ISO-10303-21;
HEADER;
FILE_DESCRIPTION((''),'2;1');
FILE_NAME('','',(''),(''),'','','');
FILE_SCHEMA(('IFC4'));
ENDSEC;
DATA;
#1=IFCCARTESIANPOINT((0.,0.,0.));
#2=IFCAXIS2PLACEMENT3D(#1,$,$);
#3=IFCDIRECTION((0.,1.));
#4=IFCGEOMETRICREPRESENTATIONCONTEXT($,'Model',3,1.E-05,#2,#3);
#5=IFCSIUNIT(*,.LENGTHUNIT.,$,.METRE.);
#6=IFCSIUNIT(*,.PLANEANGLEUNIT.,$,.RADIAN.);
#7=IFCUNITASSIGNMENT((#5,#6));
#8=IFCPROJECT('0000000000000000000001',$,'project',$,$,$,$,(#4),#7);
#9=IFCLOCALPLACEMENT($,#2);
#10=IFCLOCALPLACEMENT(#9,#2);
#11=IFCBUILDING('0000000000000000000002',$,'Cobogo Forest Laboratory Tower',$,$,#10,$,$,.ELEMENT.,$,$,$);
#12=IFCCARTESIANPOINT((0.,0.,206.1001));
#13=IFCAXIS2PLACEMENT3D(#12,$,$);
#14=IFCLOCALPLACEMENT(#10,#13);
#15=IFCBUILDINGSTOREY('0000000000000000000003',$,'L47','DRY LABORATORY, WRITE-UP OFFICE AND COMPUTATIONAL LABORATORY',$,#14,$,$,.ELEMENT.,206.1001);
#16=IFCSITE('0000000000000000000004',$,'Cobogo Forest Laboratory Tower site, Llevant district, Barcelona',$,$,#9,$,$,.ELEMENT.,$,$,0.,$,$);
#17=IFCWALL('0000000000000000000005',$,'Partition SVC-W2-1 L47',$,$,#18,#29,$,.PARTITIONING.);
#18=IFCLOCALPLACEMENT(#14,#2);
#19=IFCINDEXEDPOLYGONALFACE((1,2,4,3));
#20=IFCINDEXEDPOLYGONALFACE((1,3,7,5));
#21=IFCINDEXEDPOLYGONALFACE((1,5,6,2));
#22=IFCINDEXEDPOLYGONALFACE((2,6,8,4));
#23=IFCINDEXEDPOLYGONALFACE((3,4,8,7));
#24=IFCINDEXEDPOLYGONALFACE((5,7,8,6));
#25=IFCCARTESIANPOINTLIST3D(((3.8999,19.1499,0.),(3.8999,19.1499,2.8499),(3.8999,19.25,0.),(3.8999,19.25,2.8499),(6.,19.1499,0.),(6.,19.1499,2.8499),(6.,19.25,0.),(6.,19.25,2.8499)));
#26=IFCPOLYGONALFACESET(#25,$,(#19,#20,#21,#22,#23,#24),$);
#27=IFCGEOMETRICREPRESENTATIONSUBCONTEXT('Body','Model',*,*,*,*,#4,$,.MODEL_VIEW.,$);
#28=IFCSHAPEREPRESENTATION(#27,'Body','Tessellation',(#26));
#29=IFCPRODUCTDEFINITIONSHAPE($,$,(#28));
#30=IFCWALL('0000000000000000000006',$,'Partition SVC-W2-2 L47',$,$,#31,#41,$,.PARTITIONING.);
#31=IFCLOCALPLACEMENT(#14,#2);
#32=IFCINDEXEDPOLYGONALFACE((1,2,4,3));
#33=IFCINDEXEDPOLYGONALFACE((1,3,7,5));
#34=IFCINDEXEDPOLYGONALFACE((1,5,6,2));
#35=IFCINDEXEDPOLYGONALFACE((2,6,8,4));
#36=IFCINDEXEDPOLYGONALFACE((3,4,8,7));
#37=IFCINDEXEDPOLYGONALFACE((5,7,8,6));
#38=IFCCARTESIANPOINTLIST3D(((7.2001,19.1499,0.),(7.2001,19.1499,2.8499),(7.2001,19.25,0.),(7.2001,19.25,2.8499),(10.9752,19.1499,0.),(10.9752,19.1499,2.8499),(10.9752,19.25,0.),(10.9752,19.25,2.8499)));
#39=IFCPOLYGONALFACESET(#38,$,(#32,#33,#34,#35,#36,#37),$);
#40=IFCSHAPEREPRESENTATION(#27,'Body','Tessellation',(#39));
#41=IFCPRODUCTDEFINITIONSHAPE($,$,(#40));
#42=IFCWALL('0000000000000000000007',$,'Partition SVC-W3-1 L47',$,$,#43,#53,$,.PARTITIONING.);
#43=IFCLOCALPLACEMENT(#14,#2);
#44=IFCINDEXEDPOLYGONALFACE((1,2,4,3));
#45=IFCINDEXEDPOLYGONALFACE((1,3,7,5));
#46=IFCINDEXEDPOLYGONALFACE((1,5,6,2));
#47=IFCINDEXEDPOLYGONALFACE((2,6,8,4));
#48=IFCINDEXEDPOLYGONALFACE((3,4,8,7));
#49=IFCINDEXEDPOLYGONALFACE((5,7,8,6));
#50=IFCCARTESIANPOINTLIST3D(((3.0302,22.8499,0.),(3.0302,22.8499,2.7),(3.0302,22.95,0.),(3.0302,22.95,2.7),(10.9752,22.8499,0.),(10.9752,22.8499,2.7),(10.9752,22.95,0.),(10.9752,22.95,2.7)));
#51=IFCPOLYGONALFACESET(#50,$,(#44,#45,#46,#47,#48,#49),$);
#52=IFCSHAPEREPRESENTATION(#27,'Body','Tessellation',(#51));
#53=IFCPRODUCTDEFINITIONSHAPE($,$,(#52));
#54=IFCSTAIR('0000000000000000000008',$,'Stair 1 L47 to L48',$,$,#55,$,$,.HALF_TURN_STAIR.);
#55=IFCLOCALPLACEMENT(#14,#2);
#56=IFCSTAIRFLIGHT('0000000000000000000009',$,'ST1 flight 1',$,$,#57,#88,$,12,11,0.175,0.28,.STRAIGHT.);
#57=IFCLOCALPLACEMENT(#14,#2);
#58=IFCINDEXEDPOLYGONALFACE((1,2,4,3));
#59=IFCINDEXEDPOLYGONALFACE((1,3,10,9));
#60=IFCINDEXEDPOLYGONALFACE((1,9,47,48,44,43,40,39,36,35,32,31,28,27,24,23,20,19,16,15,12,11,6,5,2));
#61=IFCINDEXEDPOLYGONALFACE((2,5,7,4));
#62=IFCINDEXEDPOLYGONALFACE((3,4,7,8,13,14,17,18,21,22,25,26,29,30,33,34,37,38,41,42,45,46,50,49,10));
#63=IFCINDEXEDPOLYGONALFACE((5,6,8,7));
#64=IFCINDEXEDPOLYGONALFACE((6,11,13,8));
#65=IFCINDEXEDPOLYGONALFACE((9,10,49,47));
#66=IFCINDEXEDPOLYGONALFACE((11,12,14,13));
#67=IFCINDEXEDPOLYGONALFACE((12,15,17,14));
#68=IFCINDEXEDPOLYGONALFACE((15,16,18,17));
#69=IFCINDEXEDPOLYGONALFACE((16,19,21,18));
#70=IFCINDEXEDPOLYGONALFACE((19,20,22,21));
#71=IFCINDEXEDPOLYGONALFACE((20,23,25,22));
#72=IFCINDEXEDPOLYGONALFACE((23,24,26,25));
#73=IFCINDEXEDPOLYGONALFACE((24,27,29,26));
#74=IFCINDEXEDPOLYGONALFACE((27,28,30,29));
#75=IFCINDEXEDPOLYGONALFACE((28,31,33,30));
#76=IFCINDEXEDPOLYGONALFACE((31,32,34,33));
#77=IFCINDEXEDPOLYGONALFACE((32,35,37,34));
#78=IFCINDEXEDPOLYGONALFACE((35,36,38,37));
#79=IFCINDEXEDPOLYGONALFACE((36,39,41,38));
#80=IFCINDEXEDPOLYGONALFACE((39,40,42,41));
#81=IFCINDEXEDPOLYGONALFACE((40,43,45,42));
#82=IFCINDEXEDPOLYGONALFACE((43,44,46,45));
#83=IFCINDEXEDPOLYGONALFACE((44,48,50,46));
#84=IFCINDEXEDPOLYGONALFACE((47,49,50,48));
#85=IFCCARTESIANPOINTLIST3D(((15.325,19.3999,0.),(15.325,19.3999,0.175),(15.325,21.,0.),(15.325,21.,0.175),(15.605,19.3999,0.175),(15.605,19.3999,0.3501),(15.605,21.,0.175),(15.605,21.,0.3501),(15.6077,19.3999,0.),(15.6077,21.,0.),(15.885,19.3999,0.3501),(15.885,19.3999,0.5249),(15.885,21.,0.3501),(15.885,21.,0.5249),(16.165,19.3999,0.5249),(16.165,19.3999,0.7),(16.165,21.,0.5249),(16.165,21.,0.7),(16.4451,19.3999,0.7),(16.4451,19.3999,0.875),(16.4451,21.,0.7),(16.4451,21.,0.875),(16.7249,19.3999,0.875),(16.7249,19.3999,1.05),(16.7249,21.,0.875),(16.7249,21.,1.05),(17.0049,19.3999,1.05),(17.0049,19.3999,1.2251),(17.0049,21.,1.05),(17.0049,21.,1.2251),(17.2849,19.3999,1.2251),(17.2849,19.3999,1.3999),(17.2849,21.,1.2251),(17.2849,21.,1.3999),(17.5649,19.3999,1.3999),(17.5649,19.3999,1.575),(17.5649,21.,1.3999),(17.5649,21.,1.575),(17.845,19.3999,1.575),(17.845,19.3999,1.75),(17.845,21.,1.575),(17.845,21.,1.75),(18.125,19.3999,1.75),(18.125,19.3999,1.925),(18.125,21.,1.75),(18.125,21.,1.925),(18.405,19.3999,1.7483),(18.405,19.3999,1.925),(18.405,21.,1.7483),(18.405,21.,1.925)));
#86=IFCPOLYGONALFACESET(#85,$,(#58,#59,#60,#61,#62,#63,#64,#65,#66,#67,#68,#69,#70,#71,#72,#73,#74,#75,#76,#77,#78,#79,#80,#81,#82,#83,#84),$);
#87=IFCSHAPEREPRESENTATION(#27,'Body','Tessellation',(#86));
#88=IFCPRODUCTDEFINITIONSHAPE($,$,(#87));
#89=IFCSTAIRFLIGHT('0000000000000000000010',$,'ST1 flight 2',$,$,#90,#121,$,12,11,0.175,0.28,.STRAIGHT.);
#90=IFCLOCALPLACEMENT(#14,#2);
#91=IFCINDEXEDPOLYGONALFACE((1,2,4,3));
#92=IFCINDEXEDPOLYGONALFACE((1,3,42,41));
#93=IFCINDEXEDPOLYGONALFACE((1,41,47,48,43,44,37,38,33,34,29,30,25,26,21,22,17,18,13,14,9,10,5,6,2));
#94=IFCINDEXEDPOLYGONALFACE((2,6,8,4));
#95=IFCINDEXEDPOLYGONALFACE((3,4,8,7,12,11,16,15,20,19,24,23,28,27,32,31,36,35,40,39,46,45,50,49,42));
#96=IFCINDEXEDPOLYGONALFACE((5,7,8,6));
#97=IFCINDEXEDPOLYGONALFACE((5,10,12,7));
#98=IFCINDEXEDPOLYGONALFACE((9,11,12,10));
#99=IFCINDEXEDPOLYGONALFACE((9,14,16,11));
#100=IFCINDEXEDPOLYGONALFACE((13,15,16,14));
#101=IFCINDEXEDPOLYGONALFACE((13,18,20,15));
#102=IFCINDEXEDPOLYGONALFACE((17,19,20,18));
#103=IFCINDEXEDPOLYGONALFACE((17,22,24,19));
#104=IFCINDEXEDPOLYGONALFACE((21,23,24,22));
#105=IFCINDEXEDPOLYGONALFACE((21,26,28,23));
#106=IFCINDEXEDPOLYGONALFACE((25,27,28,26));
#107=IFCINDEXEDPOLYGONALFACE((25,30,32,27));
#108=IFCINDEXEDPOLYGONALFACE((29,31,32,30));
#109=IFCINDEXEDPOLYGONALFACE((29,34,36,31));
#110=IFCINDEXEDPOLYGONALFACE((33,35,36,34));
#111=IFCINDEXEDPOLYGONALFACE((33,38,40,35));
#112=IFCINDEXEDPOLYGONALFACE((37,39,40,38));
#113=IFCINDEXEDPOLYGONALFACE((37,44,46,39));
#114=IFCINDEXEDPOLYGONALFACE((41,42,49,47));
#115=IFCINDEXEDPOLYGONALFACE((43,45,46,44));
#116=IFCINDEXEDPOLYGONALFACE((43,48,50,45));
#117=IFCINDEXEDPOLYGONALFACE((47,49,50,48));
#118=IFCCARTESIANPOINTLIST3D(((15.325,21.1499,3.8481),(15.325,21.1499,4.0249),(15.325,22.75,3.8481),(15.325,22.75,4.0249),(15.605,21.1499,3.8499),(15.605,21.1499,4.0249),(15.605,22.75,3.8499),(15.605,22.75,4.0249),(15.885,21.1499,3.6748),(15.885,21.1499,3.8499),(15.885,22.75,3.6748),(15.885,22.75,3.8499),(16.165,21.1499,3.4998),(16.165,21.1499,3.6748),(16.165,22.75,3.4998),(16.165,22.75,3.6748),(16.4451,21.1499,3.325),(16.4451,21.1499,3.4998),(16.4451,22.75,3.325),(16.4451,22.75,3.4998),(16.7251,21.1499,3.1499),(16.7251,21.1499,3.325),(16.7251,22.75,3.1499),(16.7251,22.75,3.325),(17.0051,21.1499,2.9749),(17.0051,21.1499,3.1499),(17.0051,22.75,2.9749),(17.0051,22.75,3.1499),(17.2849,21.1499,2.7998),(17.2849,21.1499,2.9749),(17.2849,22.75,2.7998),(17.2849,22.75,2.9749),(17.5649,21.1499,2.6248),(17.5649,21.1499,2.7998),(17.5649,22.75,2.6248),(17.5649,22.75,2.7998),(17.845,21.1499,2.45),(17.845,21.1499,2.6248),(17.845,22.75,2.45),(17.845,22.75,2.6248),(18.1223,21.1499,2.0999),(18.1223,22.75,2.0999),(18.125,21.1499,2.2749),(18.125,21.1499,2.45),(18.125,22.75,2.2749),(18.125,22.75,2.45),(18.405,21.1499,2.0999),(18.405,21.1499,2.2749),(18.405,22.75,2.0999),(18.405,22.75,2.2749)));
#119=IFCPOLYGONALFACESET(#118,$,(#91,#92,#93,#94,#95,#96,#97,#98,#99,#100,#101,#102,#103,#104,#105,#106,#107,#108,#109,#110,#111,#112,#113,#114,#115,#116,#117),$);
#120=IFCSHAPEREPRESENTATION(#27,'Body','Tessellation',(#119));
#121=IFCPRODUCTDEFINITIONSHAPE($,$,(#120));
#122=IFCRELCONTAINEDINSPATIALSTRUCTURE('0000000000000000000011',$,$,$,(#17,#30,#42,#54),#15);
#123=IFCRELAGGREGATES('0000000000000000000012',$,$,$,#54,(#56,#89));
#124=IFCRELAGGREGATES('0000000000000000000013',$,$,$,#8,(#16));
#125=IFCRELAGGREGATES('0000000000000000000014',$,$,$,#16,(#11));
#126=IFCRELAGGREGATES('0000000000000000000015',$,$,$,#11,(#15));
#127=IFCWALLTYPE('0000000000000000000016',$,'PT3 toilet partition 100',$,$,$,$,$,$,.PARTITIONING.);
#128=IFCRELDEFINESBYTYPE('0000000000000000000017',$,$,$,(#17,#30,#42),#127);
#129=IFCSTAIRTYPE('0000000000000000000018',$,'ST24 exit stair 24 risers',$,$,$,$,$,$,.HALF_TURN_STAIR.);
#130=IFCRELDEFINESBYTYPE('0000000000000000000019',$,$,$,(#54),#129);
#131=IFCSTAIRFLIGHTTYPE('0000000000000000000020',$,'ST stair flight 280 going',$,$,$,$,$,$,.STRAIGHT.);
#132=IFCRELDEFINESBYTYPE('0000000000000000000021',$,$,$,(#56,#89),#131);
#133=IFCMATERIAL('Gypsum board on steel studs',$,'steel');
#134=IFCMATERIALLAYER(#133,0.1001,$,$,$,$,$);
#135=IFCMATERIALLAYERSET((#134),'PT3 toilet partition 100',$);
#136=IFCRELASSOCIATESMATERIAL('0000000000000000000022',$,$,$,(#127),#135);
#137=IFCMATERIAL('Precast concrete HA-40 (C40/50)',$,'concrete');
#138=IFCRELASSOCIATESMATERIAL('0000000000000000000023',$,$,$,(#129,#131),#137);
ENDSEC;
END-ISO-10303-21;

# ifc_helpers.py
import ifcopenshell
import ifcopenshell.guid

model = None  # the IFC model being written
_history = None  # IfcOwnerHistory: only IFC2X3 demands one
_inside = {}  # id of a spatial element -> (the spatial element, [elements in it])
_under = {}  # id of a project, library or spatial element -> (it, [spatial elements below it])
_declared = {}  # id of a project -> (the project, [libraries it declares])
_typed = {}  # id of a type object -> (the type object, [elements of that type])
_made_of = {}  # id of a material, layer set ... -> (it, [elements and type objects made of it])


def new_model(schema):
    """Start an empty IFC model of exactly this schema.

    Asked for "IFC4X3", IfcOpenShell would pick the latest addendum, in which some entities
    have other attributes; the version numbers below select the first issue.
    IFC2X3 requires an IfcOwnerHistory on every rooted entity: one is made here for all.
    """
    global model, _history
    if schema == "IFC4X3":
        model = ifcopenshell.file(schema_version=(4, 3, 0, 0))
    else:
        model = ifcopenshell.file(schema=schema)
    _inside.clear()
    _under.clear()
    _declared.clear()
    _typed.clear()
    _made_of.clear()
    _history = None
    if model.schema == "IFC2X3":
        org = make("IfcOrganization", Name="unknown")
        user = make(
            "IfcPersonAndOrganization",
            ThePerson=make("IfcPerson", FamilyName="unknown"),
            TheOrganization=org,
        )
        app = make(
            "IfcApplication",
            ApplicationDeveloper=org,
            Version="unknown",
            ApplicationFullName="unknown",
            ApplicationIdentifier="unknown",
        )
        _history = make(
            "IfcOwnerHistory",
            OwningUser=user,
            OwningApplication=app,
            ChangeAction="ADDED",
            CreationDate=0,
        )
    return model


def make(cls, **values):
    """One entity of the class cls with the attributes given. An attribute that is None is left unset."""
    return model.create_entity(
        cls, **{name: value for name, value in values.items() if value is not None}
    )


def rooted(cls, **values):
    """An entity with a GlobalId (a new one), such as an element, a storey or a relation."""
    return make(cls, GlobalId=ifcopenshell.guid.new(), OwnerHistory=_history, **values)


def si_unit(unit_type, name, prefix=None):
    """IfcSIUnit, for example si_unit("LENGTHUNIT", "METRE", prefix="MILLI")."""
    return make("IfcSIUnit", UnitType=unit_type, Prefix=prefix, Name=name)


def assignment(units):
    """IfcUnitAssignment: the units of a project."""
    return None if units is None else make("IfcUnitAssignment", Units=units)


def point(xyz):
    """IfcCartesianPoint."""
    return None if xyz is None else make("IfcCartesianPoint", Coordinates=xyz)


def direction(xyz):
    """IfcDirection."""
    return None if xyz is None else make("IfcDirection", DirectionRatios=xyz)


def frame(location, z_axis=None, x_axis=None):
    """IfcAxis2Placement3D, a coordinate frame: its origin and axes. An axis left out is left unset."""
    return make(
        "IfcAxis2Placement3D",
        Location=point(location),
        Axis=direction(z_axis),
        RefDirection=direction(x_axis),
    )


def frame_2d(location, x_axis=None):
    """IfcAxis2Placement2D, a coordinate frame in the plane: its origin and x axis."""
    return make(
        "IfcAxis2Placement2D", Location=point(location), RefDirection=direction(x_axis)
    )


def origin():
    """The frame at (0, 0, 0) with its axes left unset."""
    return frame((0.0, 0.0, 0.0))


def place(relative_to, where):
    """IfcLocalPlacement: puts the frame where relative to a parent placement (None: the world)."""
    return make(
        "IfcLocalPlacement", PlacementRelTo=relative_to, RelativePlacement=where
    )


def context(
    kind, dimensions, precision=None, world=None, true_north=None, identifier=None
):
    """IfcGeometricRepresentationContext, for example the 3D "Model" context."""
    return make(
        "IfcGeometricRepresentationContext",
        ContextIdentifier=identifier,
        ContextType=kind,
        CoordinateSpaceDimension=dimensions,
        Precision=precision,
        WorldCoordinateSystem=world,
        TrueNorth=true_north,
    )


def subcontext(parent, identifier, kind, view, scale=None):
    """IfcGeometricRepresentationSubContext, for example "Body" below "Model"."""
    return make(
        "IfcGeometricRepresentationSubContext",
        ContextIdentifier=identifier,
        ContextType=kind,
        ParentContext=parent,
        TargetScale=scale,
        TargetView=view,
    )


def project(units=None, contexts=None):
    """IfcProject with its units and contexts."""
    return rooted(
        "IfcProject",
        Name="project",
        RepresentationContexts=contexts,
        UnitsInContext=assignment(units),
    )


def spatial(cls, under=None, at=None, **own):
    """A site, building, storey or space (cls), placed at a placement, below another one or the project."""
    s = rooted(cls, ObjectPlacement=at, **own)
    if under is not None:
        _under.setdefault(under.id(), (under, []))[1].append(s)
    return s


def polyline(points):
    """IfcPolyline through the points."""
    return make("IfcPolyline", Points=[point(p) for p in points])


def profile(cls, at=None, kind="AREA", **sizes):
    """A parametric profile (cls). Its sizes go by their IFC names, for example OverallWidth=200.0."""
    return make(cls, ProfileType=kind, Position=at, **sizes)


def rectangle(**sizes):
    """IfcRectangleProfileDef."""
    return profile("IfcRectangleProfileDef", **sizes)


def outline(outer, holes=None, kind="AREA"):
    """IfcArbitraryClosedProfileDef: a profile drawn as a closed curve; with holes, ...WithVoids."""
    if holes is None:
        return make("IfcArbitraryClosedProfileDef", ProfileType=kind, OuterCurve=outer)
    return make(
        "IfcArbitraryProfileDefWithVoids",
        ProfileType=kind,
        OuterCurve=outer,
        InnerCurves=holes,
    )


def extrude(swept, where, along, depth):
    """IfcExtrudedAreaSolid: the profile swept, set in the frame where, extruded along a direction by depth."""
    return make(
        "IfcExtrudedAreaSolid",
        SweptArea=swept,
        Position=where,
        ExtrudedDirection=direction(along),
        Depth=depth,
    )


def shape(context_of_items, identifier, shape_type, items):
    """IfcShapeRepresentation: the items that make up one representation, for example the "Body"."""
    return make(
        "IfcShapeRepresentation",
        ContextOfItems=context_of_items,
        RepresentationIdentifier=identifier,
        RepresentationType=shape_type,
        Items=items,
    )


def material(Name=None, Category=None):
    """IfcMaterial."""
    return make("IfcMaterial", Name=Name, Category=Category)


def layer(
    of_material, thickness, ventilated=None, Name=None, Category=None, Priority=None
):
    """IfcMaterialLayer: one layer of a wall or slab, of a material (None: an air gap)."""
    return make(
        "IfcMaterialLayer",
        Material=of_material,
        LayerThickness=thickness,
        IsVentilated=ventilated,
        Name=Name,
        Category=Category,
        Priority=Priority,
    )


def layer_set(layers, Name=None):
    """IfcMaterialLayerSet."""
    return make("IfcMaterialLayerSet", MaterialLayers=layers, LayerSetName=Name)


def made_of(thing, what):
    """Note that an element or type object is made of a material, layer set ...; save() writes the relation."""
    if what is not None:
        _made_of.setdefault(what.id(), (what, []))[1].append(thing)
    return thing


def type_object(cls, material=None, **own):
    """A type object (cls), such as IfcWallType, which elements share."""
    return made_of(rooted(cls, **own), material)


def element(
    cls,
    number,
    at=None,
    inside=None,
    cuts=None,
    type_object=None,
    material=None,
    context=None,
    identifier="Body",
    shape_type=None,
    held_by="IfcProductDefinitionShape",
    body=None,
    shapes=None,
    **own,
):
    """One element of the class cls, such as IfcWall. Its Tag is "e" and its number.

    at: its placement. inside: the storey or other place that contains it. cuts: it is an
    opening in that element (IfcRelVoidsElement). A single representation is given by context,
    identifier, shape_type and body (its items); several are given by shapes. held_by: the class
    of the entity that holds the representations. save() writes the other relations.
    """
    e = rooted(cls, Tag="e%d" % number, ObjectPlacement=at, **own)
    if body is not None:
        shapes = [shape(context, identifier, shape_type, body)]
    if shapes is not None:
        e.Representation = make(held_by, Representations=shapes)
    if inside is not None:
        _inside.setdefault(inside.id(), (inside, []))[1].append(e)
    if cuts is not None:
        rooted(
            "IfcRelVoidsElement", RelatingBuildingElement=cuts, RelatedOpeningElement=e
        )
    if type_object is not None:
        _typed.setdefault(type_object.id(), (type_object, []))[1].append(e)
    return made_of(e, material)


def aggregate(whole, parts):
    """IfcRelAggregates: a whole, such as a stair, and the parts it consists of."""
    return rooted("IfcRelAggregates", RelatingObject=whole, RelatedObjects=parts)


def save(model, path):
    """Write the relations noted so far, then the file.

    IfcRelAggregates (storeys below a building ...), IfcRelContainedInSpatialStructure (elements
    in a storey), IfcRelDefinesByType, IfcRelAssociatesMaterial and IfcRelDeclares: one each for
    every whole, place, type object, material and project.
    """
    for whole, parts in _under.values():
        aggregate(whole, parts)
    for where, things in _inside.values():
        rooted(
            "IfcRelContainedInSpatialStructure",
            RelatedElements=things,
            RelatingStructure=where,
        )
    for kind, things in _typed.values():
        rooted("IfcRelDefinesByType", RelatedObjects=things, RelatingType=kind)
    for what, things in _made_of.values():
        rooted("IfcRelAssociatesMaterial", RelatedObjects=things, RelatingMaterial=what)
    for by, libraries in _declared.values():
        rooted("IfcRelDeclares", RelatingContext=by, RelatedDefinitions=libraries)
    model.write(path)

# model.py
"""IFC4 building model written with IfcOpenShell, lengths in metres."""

from ifc_helpers import new_model, si_unit, direction, frame, frame_2d, origin, place, context, subcontext, project, spatial, polyline, rectangle, outline, extrude, material, layer, layer_set, type_object, element, aggregate, save


model = new_model("IFC4")

# Units and contexts
model_context = context("Model", 3, precision=1e-05, world=origin(), true_north=direction((0.0, 1.0)))
body_context = subcontext(model_context, "Body", "Model", "MODEL_VIEW")
ifc_project = project(units=[si_unit("LENGTHUNIT", "METRE"), si_unit("PLANEANGLEUNIT", "RADIAN")], contexts=[model_context])

# Site, building, storey
site_placement = place(None, origin())
site = spatial("IfcSite", under=ifc_project, at=site_placement, Name="Cobogo Forest Laboratory Tower site, Llevant district, Barcelona", CompositionType="ELEMENT", RefElevation=0.0)
building_placement = place(site_placement, origin())
building = spatial("IfcBuilding", under=site, at=building_placement, Name="Cobogo Forest Laboratory Tower", CompositionType="ELEMENT")
storey_placement = place(building_placement, frame((0.0, 0.0, 206.1001)))
storey = spatial("IfcBuildingStorey", under=building, at=storey_placement, Name="L47", Description="DRY LABORATORY, WRITE-UP OFFICE AND COMPUTATIONAL LABORATORY", CompositionType="ELEMENT", Elevation=206.1001)

# Walls
ifc_material_1 = material(Name="Gypsum board on steel studs", Category="steel")
ifc_layer_1 = layer(ifc_material_1, 0.1001)
ifc_layer_set_1 = layer_set([ifc_layer_1], Name="PT3 toilet partition 100")
wall_type_1 = type_object("IfcWallType", Name="PT3 toilet partition 100", PredefinedType="PARTITIONING", material=ifc_layer_set_1)
wall_1_placement = place(storey_placement, frame((3.8999, 19.2, 0.0), z_axis=(0.0, 0.0, 1.0), x_axis=(1.0, 0.0, 0.0)))
element("IfcWall", 1, at=wall_1_placement, inside=storey, type_object=wall_type_1, Name="Partition SVC-W2-1 L47", PredefinedType="PARTITIONING", context=body_context, shape_type="SweptSolid", body=[
    extrude(rectangle(XDim=2.1001, YDim=0.1001, at=frame_2d((1.05, 0.0))), origin(), (0.0, 0.0, 1.0), 2.8499),
])
wall_2_placement = place(storey_placement, frame((7.2, 19.2, 0.0), z_axis=(0.0, 0.0, 1.0), x_axis=(1.0, 0.0, 0.0)))
element("IfcWall", 2, at=wall_2_placement, inside=storey, type_object=wall_type_1, Name="Partition SVC-W2-2 L47", PredefinedType="PARTITIONING", context=body_context, shape_type="SweptSolid", body=[
    extrude(rectangle(XDim=3.7751, YDim=0.1001, at=frame_2d((1.8877, 0.0))), origin(), (0.0, 0.0, 1.0), 2.8499),
])
wall_3_placement = place(storey_placement, frame((3.03, 22.8999, 0.0), z_axis=(0.0, 0.0, 1.0), x_axis=(1.0, 0.0, 0.0)))
element("IfcWall", 3, at=wall_3_placement, inside=storey, type_object=wall_type_1, Name="Partition SVC-W3-1 L47", PredefinedType="PARTITIONING", context=body_context, shape_type="SweptSolid", body=[
    extrude(rectangle(XDim=7.9451, YDim=0.1001, at=frame_2d((3.9727, 0.0))), origin(), (0.0, 0.0, 1.0), 2.7),
])

# Stair, stair flights
ifc_material_2 = material(Name="Precast concrete HA-40 (C40/50)", Category="concrete")
stair_type = type_object("IfcStairType", Name="ST24 exit stair 24 risers", PredefinedType="HALF_TURN_STAIR", material=ifc_material_2)
stair_placement = place(storey_placement, origin())
stair = element("IfcStair", 4, at=stair_placement, inside=storey, type_object=stair_type, Name="Stair 1 L47 to L48", PredefinedType="HALF_TURN_STAIR")
stair_flight_type = type_object("IfcStairFlightType", Name="ST stair flight 280 going", PredefinedType="STRAIGHT", material=ifc_material_2)
stair_flight_1_placement = place(storey_placement, frame((15.325, 20.2, 0.0), z_axis=(0.0, 0.0, 1.0), x_axis=(1.0, 0.0, 0.0)))
stair_flight_1 = element("IfcStairFlight", 5, at=stair_flight_1_placement, type_object=stair_flight_type, Name="ST1 flight 1", NumberOfRisers=12, NumberOfTreads=11, PredefinedType="STRAIGHT", RiserHeight=0.175, TreadLength=0.28, context=body_context, shape_type="SweptSolid", body=[
    extrude(outline(polyline([(0.0, 0.0), (0.0, 0.175), (0.28, 0.175), (0.28, 0.3501), (0.5601, 0.3501), (0.5601, 0.5249), (0.8401, 0.5249), (0.8401, 0.7), (1.1201, 0.7), (1.1201, 0.875), (1.3999, 0.875), (1.3999, 1.05), (1.6799, 1.05), (1.6799, 1.2251), (1.96, 1.2251), (1.96, 1.3999), (2.24, 1.3999), (2.24, 1.575), (2.52, 1.575), (2.52, 1.75), (2.8, 1.75), (2.8, 1.925), (3.0801, 1.925), (3.0801, 2.1001), (3.0801, 1.7483), (0.2827, 0.0), (0.0, 0.0)])), frame((0.0, 0.8, 0.0), z_axis=(0.0, -1.0, 0.0), x_axis=(1.0, 0.0, 0.0)), (0.0, 0.0, 1.0), 1.6001),
])
stair_flight_2_placement = place(storey_placement, frame((18.405, 21.95, 2.0999), z_axis=(0.0, 0.0, 1.0), x_axis=(-1.0, 0.0, 0.0)))
stair_flight_2 = element("IfcStairFlight", 6, at=stair_flight_2_placement, type_object=stair_flight_type, Name="ST1 flight 2", NumberOfRisers=12, NumberOfTreads=11, PredefinedType="STRAIGHT", RiserHeight=0.175, TreadLength=0.28, context=body_context, shape_type="SweptSolid", body=[
    extrude(outline(polyline([(0.0, 0.0), (0.0, 0.175), (0.28, 0.175), (0.28, 0.3501), (0.5601, 0.3501), (0.5601, 0.5249), (0.8401, 0.5249), (0.8401, 0.7), (1.1201, 0.7), (1.1201, 0.875), (1.3999, 0.875), (1.3999, 1.05), (1.6799, 1.05), (1.6799, 1.2251), (1.96, 1.2251), (1.96, 1.3999), (2.24, 1.3999), (2.24, 1.575), (2.52, 1.575), (2.52, 1.75), (2.8, 1.75), (2.8, 1.925), (3.0801, 1.925), (3.0801, 2.1001), (3.0801, 1.7483), (0.2827, 0.0), (0.0, 0.0)])), frame((0.0, 0.8, 0.0), z_axis=(0.0, -1.0, 0.0), x_axis=(1.0, 0.0, 0.0)), (0.0, 0.0, 1.0), 1.6001),
])
aggregate(stair, [stair_flight_1, stair_flight_2])

save(model, "model.ifc")
